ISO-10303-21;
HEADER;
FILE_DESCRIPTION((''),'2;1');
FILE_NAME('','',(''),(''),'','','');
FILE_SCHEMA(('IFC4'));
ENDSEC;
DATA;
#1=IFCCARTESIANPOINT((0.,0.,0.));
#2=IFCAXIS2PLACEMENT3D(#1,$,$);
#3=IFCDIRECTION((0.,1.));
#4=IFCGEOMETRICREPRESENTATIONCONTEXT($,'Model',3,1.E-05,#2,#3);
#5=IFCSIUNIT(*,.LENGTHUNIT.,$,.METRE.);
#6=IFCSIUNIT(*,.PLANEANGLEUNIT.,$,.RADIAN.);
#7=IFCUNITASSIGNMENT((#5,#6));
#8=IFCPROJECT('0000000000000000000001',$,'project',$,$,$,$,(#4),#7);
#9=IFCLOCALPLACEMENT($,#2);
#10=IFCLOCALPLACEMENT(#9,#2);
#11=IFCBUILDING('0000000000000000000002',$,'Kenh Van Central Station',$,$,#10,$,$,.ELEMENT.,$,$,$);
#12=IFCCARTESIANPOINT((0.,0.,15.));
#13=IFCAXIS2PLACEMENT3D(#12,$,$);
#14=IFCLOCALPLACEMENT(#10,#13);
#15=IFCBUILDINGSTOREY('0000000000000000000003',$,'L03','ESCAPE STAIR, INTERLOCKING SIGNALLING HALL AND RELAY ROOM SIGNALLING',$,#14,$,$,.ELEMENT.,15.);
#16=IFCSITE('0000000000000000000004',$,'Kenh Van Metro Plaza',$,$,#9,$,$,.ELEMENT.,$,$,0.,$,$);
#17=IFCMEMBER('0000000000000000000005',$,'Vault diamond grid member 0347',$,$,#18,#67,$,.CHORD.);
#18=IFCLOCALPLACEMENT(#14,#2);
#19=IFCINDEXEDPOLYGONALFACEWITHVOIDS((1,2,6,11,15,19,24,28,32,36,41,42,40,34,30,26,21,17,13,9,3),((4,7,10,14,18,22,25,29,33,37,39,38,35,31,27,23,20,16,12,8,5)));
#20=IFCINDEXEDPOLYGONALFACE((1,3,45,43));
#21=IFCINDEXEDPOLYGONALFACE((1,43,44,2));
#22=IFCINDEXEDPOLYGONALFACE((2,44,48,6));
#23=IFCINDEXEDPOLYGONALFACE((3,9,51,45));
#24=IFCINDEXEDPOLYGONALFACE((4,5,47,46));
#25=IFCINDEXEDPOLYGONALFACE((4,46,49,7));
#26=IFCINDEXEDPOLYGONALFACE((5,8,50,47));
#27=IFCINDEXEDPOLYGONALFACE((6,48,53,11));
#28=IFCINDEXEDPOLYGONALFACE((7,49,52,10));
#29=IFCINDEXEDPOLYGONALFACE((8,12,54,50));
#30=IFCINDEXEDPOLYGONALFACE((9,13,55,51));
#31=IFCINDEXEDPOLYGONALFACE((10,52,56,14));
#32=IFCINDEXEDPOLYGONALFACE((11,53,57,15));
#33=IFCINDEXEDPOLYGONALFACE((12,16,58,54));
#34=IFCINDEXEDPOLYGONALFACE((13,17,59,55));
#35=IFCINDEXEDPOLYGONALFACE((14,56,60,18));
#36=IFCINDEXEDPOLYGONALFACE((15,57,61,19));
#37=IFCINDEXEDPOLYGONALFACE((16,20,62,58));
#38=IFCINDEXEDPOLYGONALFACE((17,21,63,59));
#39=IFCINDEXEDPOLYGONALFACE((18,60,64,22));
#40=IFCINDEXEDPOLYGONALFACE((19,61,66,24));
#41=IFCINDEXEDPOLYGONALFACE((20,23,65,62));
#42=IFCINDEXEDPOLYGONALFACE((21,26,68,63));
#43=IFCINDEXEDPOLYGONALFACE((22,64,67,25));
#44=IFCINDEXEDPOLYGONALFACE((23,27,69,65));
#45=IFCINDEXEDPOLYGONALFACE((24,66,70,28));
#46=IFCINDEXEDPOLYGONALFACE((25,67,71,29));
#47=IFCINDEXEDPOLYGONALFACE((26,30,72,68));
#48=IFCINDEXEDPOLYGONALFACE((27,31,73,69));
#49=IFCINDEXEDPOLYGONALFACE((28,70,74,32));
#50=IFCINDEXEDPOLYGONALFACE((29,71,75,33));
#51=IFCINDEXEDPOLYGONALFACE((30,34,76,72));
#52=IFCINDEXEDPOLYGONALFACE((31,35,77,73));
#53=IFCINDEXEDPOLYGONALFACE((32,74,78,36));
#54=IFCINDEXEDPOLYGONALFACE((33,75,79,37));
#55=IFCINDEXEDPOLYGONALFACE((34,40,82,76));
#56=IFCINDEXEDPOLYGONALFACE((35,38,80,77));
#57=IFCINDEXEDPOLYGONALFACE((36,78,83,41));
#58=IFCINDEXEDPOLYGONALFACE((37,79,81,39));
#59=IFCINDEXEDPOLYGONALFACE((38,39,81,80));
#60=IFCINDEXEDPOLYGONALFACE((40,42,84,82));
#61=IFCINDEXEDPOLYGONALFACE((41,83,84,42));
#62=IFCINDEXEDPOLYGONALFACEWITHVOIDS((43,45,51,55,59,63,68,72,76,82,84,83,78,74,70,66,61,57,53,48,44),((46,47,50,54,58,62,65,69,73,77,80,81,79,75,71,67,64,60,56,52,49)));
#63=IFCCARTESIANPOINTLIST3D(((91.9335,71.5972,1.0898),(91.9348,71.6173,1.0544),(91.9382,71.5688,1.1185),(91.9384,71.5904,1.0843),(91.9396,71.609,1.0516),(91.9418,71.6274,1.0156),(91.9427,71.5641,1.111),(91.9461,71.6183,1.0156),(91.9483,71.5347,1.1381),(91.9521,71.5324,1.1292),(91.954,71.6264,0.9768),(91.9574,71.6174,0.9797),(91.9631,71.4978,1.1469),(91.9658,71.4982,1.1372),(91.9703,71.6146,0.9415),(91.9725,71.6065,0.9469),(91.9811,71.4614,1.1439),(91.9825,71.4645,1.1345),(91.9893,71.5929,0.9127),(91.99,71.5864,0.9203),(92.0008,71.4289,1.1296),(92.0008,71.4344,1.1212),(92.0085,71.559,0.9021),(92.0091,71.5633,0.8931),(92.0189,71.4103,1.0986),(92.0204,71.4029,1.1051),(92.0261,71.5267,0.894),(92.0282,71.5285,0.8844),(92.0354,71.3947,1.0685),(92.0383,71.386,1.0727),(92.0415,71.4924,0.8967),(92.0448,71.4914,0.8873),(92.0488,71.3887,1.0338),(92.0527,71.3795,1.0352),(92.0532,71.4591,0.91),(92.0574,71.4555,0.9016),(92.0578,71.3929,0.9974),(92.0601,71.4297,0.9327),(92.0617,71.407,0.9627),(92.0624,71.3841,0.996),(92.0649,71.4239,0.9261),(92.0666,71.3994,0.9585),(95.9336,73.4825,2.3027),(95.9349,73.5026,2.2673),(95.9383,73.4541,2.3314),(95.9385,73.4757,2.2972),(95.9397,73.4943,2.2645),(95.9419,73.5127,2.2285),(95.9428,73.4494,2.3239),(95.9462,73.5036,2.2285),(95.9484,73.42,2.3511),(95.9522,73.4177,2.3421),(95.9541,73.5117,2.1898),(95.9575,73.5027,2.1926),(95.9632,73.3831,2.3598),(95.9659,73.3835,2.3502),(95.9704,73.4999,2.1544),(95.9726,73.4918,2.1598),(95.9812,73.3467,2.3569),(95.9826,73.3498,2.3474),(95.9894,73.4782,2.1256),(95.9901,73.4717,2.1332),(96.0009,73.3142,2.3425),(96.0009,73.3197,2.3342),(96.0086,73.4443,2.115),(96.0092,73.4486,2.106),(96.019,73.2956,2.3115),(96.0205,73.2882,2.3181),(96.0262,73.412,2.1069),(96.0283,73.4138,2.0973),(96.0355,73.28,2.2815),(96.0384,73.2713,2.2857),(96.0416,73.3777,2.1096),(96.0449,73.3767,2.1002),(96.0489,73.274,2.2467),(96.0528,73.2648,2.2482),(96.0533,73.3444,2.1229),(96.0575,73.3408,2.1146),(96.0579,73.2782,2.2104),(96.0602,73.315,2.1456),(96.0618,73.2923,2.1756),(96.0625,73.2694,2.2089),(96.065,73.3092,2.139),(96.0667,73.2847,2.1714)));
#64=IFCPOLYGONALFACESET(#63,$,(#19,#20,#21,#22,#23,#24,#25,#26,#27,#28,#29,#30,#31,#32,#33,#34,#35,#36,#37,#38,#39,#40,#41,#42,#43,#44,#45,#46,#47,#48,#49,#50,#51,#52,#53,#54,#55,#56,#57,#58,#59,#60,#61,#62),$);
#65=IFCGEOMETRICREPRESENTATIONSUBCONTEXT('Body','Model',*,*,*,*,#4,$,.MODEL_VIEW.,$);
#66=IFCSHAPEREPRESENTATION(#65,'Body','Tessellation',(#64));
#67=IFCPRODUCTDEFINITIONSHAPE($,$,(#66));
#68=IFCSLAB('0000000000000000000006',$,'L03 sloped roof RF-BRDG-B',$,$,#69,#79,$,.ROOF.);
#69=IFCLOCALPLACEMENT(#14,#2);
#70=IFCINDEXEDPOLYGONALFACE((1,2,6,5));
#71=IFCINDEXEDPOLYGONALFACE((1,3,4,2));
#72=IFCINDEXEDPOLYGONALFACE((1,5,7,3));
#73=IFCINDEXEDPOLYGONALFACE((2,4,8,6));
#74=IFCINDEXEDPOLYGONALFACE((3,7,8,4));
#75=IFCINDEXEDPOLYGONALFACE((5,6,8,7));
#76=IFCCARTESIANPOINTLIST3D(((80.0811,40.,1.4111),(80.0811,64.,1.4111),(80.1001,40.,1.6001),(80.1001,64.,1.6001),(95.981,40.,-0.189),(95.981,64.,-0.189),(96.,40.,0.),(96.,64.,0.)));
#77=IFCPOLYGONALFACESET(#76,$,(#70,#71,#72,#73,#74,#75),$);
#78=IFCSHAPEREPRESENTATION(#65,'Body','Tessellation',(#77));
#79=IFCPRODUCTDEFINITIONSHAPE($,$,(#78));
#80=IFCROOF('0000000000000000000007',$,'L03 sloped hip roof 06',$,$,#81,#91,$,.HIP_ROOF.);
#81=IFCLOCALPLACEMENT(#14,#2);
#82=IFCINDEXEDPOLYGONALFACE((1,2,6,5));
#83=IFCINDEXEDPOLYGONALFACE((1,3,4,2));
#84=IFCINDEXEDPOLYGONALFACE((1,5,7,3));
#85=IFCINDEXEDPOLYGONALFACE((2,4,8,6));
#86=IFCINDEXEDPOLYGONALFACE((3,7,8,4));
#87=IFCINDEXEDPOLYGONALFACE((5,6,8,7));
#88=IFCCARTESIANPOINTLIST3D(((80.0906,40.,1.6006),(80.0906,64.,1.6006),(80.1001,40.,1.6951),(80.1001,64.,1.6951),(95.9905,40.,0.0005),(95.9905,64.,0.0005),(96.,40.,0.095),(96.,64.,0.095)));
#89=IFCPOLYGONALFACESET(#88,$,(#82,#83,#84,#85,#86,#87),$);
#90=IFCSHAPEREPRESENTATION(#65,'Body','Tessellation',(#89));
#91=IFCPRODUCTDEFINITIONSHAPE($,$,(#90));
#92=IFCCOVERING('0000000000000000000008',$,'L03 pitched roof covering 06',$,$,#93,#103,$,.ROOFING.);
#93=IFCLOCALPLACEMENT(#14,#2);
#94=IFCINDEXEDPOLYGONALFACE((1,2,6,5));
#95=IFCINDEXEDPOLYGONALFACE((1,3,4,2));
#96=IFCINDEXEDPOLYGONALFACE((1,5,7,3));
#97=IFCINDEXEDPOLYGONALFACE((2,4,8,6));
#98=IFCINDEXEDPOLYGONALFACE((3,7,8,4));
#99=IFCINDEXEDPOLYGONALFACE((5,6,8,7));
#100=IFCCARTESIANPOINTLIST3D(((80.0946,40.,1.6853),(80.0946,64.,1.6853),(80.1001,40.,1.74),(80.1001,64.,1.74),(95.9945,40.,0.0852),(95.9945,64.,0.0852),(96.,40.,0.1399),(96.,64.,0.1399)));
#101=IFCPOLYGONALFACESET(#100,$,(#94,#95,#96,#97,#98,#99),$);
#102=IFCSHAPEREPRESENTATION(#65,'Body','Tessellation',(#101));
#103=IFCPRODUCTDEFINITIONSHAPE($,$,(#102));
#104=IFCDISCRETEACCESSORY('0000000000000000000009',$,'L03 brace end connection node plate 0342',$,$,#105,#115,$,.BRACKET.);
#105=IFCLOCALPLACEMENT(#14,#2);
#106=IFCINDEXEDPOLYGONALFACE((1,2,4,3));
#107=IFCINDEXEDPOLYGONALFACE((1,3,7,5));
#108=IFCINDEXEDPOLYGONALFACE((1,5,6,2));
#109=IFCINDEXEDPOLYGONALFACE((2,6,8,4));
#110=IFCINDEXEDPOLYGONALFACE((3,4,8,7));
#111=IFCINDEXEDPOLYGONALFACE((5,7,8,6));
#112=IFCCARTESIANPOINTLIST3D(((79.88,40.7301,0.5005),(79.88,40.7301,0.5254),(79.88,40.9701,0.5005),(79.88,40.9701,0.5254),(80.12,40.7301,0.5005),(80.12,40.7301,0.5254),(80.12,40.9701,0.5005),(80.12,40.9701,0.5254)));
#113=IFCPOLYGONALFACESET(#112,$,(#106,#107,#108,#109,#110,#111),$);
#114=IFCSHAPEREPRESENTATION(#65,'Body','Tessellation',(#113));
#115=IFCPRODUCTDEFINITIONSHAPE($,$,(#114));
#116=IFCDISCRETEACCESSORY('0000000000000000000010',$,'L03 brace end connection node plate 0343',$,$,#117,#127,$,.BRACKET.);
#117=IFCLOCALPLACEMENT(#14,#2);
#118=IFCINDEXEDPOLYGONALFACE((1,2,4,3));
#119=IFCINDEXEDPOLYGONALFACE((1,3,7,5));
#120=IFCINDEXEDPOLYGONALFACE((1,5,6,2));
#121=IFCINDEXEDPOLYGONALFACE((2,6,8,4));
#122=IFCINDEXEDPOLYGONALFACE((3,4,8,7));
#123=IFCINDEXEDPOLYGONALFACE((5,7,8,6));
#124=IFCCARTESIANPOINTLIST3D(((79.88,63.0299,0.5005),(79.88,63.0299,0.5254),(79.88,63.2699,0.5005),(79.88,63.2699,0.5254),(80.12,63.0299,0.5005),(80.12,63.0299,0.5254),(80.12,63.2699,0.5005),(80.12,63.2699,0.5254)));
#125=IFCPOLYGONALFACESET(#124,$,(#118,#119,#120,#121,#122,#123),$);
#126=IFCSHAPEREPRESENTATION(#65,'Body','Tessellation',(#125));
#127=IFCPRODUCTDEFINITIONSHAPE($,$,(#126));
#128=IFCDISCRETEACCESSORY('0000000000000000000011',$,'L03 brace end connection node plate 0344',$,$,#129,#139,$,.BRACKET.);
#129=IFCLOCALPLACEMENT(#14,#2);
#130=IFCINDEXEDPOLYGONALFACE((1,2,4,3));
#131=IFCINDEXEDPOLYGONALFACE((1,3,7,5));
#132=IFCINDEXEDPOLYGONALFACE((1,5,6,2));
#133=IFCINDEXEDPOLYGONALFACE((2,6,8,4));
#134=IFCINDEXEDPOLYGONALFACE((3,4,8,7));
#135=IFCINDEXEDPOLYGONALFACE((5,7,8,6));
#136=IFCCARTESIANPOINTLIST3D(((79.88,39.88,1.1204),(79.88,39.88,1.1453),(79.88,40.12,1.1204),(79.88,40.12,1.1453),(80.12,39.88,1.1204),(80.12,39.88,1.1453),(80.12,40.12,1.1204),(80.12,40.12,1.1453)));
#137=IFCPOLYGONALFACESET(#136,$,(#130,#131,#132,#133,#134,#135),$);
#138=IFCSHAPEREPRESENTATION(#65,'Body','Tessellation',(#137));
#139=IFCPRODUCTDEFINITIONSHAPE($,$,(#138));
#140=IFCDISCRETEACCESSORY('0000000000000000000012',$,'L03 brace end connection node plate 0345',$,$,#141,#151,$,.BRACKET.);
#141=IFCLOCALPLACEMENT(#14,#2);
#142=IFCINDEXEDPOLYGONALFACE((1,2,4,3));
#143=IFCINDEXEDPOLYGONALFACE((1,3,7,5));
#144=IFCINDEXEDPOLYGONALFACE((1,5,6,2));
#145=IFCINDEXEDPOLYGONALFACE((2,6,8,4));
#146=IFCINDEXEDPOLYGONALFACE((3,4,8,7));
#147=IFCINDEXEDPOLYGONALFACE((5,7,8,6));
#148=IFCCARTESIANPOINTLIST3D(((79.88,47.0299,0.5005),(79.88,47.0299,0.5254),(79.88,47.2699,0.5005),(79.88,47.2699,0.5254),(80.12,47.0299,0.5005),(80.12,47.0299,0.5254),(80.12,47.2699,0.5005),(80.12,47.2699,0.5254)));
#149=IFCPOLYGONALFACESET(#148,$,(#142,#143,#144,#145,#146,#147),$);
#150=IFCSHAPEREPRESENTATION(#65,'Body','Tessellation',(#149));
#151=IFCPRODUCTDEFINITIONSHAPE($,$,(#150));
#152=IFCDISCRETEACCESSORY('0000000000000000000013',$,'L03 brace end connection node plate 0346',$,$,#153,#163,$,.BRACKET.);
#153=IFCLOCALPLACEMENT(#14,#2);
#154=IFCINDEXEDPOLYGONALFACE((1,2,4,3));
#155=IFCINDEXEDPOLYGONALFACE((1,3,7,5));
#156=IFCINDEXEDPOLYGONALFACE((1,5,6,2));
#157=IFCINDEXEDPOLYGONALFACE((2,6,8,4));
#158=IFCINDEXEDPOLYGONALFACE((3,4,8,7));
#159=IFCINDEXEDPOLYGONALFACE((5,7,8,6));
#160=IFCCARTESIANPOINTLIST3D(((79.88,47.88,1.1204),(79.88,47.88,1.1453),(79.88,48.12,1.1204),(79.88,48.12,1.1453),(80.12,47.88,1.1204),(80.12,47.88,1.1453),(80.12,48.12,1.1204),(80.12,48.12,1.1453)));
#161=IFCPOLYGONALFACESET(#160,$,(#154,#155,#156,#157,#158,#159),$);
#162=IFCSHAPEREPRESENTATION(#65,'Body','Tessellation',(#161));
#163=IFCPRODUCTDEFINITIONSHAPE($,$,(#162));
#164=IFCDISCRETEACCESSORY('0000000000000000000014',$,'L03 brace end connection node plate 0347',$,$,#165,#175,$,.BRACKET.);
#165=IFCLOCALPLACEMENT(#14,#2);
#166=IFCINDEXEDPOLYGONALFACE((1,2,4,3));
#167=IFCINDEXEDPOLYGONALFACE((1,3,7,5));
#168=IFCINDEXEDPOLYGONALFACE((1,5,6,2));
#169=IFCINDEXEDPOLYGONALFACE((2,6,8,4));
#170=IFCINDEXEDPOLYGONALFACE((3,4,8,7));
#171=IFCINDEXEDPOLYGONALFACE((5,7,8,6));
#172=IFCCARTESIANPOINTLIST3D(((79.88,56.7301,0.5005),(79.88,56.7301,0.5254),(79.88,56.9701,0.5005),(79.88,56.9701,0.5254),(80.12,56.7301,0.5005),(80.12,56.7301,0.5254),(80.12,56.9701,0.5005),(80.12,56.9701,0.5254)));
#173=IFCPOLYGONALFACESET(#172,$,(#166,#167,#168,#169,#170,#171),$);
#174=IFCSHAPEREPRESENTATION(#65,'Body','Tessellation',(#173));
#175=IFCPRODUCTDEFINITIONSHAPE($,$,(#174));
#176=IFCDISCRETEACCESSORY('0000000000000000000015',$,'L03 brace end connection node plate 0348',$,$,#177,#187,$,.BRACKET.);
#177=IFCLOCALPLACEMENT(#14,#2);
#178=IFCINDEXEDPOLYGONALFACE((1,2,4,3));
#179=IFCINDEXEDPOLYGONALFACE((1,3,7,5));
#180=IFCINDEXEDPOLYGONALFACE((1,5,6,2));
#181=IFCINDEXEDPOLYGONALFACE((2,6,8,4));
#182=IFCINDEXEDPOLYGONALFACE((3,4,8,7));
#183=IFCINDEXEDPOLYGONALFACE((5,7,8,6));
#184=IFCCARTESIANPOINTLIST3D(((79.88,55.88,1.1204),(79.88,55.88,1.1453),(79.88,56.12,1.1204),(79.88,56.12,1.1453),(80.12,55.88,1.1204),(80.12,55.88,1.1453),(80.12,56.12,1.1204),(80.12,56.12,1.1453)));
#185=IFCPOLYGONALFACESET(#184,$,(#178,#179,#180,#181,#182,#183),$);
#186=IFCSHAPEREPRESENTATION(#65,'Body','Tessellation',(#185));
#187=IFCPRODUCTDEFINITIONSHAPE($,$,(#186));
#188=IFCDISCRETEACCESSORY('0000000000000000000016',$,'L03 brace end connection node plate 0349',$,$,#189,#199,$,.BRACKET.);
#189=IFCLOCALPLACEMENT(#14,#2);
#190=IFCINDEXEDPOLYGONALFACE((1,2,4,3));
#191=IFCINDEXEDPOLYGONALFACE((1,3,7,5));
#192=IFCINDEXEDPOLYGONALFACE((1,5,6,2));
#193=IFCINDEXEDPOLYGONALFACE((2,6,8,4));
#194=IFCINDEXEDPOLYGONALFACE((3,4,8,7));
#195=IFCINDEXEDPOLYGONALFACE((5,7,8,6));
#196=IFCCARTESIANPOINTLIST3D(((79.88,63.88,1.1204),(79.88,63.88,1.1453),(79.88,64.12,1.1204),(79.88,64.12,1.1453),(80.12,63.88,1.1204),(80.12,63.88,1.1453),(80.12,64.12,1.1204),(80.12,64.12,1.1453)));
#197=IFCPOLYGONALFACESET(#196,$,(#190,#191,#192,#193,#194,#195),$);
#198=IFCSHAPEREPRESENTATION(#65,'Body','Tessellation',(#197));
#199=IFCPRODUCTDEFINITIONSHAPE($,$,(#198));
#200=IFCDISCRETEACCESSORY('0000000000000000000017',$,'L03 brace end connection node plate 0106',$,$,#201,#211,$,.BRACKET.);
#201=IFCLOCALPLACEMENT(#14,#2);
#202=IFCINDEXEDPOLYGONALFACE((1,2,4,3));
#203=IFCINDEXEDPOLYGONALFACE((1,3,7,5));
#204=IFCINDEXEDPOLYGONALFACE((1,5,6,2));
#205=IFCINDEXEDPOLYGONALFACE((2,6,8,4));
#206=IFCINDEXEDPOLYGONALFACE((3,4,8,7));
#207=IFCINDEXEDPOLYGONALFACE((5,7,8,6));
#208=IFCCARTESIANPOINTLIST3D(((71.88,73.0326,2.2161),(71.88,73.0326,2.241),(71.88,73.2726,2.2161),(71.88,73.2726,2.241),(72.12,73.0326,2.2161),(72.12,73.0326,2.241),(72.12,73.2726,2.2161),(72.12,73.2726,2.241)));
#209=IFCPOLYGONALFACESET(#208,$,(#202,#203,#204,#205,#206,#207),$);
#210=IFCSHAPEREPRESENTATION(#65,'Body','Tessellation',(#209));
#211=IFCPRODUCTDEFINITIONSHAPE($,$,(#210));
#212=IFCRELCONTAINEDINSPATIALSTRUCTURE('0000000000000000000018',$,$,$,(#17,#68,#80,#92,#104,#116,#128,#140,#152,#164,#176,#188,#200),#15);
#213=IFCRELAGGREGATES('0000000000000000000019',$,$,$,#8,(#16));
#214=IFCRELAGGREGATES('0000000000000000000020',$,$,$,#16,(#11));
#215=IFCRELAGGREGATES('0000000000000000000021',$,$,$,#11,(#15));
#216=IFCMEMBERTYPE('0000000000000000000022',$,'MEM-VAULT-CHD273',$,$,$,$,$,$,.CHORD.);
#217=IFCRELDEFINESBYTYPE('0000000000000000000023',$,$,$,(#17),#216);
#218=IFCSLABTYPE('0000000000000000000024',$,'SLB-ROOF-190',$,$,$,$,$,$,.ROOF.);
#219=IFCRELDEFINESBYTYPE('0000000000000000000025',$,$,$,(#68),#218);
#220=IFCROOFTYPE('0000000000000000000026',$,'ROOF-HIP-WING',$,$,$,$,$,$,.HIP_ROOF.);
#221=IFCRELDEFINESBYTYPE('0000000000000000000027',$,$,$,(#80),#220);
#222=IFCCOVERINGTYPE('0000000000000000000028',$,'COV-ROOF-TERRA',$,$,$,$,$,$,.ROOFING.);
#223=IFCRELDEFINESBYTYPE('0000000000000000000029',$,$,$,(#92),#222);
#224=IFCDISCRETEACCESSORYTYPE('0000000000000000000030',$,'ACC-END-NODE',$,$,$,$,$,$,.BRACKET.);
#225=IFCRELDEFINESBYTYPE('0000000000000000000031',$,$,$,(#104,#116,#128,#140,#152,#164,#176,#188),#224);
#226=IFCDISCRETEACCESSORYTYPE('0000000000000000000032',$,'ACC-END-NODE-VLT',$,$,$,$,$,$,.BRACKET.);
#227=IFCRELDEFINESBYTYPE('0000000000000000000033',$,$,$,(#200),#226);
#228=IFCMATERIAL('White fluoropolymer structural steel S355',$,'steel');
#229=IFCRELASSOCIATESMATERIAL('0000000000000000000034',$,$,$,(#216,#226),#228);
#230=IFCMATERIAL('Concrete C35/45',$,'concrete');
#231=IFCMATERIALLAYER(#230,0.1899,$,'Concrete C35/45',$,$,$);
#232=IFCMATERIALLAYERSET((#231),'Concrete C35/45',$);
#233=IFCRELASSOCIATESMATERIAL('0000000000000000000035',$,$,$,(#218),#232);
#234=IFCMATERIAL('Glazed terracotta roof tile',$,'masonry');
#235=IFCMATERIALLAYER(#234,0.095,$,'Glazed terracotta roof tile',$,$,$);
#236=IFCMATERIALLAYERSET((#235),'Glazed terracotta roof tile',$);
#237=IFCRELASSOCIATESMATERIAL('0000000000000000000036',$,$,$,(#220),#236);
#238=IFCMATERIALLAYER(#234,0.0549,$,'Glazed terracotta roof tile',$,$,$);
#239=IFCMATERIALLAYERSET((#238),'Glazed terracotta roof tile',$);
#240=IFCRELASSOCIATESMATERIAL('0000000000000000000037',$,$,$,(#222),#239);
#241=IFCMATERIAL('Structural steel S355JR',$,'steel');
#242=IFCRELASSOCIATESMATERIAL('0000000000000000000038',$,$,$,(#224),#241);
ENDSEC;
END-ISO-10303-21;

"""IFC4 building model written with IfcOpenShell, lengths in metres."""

from ifc_helpers import new_model, si_unit, direction, frame, origin, origin_2d, place, context, subcontext, project, spatial, polyline, rectangle, hollow_circle, outline, extrude, material, layer, layer_set, material_profile, profile_set, type_object, element, save


model = new_model("IFC4")

# Units and contexts
model_context = context("Model", 3, precision=1e-05, world=origin(), true_north=direction((0.0, 1.0)))
body_context = subcontext(model_context, "Body", "Model", "MODEL_VIEW")
ifc_project = project(units=[si_unit("LENGTHUNIT", "METRE"), si_unit("PLANEANGLEUNIT", "RADIAN")], contexts=[model_context])

# Site, building, storey
site_placement = place(None, origin())
site = spatial("IfcSite", under=ifc_project, at=site_placement, Name="Kenh Van Metro Plaza", CompositionType="ELEMENT", RefElevation=0.0)
building_placement = place(site_placement, origin())
building = spatial("IfcBuilding", under=site, at=building_placement, Name="Kenh Van Central Station", CompositionType="ELEMENT")
storey_placement = place(building_placement, frame((0.0, 0.0, 15.0)))
storey = spatial("IfcBuildingStorey", under=building, at=storey_placement, Name="L03", Description="ESCAPE STAIR, INTERLOCKING SIGNALLING HALL AND RELAY ROOM SIGNALLING", CompositionType="ELEMENT", Elevation=15.0)

# Shared definitions
ifc_material_1 = material(Name="White fluoropolymer structural steel S355", Category="steel")

# Member
ifc_material_profile_1 = material_profile(ifc_material_1, hollow_circle(Radius=0.1365, WallThickness=0.01, at=origin_2d()), Name="CHS 273x10")
ifc_profile_set_1 = profile_set([ifc_material_profile_1], Name="White fluoropolymer structural steel S355")
member_type_1 = type_object("IfcMemberType", Name="MEM-VAULT-CHD273", PredefinedType="CHORD", material=ifc_profile_set_1)
member_1_placement = place(storey_placement, frame((92.0, 71.5039, 1.0156), z_axis=(0.872347, 0.411149, 0.264515), x_axis=(-0.426334, 0.904566, 0.0)))
element("IfcMember", 1, at=member_1_placement, inside=storey, type_object=member_type_1, Name="Vault diamond grid member 0347", PredefinedType="CHORD", context=body_context, shape_type="SweptSolid", body=[
    extrude(hollow_circle(Radius=0.1365, WallThickness=0.01, at=origin_2d()), origin(), (0.0, 0.0, 1.0), 4.5854),
])

# Slab
ifc_material_2 = material(Name="Concrete C35/45", Category="concrete")
ifc_layer_1 = layer(ifc_material_2, 0.1899, Name="Concrete C35/45")
ifc_layer_set_1 = layer_set([ifc_layer_1], Name="Concrete C35/45")
slab_type = type_object("IfcSlabType", Name="SLB-ROOF-190", PredefinedType="ROOF", material=ifc_layer_set_1)
slab_placement = place(storey_placement, frame((80.1001, 40.0, 1.6001), z_axis=(0.10013, 0.0, 0.994974), x_axis=(0.994974, 0.0, -0.10013)))
element("IfcSlab", 2, at=slab_placement, inside=storey, type_object=slab_type, Name="L03 sloped roof RF-BRDG-B", PredefinedType="ROOF", context=body_context, shape_type="SweptSolid", body=[
    extrude(outline(polyline([(0.0, 0.0), (15.9802, 0.0), (15.9802, 24.0), (0.0, 24.0), (0.0, 0.0)])), origin(), (0.0, 0.0, -1.0), 0.1899),
])

# Roof
ifc_material_3 = material(Name="Glazed terracotta roof tile", Category="masonry")
ifc_layer_2 = layer(ifc_material_3, 0.095, Name="Glazed terracotta roof tile")
ifc_layer_set_2 = layer_set([ifc_layer_2], Name="Glazed terracotta roof tile")
roof_type = type_object("IfcRoofType", Name="ROOF-HIP-WING", PredefinedType="HIP_ROOF", material=ifc_layer_set_2)
roof_placement = place(storey_placement, frame((80.1001, 40.0, 1.6951), z_axis=(0.10013, 0.0, 0.994974), x_axis=(0.994974, 0.0, -0.10013)))
element("IfcRoof", 3, at=roof_placement, inside=storey, type_object=roof_type, Name="L03 sloped hip roof 06", PredefinedType="HIP_ROOF", context=body_context, shape_type="SweptSolid", body=[
    extrude(outline(polyline([(0.0, 0.0), (15.9802, 0.0), (15.9802, 24.0), (0.0, 24.0), (0.0, 0.0)])), origin(), (0.0, 0.0, -1.0), 0.095),
])

# Covering
ifc_layer_3 = layer(ifc_material_3, 0.0549, Name="Glazed terracotta roof tile")
ifc_layer_set_3 = layer_set([ifc_layer_3], Name="Glazed terracotta roof tile")
covering_type = type_object("IfcCoveringType", Name="COV-ROOF-TERRA", PredefinedType="ROOFING", material=ifc_layer_set_3)
covering_placement = place(storey_placement, frame((80.1001, 40.0, 1.74), z_axis=(0.10013, 0.0, 0.994974), x_axis=(0.994974, 0.0, -0.10013)))
element("IfcCovering", 4, at=covering_placement, inside=storey, type_object=covering_type, Name="L03 pitched roof covering 06", PredefinedType="ROOFING", context=body_context, shape_type="SweptSolid", body=[
    extrude(outline(polyline([(0.0, 0.0), (15.9802, 0.0), (15.9802, 24.0), (0.0, 24.0), (0.0, 0.0)])), origin(), (0.0, 0.0, -1.0), 0.0549),
])

# Discrete accessories
ifc_material_4 = material(Name="Structural steel S355JR", Category="steel")
discrete_accessory_type_1 = type_object("IfcDiscreteAccessoryType", Name="ACC-END-NODE", PredefinedType="BRACKET", material=ifc_material_4)
for number, where, z_axis, x_axis, name in (
    (5, (80.0, 40.8501, 0.5005), (0.0, 0.0, 1.0), (1.0, 0.0, 0.0), "L03 brace end connection node plate 0342"),
    (6, (80.0, 63.1499, 0.5005), (0.0, 0.0, 1.0), (1.0, 0.0, 0.0), "L03 brace end connection node plate 0343"),
    (7, (80.0, 40.0, 1.1204), (0.0, 0.0, 1.0), (1.0, 0.0, 0.0), "L03 brace end connection node plate 0344"),
    (8, (80.0, 47.1499, 0.5005), (0.0, 0.0, 1.0), (1.0, 0.0, 0.0), "L03 brace end connection node plate 0345"),
    (9, (80.0, 48.0, 1.1204), (0.0, 0.0, 1.0), (1.0, 0.0, 0.0), "L03 brace end connection node plate 0346"),
    (10, (80.0, 56.8501, 0.5005), (0.0, 0.0, 1.0), (1.0, 0.0, 0.0), "L03 brace end connection node plate 0347"),
    (11, (80.0, 56.0, 1.1204), (0.0, 0.0, 1.0), (1.0, 0.0, 0.0), "L03 brace end connection node plate 0348"),
    (12, (80.0, 64.0, 1.1204), (0.0, 0.0, 1.0), (1.0, 0.0, 0.0), "L03 brace end connection node plate 0349"),
):
    element("IfcDiscreteAccessory", number, at=place(storey_placement, frame(where, z_axis=z_axis, x_axis=x_axis)), inside=storey, type_object=discrete_accessory_type_1, Name=name, PredefinedType="BRACKET", context=body_context, shape_type="SweptSolid", body=[
        extrude(rectangle(XDim=0.24, YDim=0.24, at=origin_2d()), origin(), (0.0, 0.0, 1.0), 0.0249),
    ])
discrete_accessory_type_2 = type_object("IfcDiscreteAccessoryType", Name="ACC-END-NODE-VLT", PredefinedType="BRACKET", material=ifc_material_1)
for number, where, z_axis, x_axis, name in (
    (13, (72.0, 73.1526, 2.2161), (0.0, 0.0, 1.0), (1.0, 0.0, 0.0), "L03 brace end connection node plate 0106"),
):
    element("IfcDiscreteAccessory", number, at=place(storey_placement, frame(where, z_axis=z_axis, x_axis=x_axis)), inside=storey, type_object=discrete_accessory_type_2, Name=name, PredefinedType="BRACKET", context=body_context, shape_type="SweptSolid", body=[
        extrude(rectangle(XDim=0.24, YDim=0.24, at=origin_2d()), origin(), (0.0, 0.0, 1.0), 0.0249),
    ])

save(model, "model.ifc")
